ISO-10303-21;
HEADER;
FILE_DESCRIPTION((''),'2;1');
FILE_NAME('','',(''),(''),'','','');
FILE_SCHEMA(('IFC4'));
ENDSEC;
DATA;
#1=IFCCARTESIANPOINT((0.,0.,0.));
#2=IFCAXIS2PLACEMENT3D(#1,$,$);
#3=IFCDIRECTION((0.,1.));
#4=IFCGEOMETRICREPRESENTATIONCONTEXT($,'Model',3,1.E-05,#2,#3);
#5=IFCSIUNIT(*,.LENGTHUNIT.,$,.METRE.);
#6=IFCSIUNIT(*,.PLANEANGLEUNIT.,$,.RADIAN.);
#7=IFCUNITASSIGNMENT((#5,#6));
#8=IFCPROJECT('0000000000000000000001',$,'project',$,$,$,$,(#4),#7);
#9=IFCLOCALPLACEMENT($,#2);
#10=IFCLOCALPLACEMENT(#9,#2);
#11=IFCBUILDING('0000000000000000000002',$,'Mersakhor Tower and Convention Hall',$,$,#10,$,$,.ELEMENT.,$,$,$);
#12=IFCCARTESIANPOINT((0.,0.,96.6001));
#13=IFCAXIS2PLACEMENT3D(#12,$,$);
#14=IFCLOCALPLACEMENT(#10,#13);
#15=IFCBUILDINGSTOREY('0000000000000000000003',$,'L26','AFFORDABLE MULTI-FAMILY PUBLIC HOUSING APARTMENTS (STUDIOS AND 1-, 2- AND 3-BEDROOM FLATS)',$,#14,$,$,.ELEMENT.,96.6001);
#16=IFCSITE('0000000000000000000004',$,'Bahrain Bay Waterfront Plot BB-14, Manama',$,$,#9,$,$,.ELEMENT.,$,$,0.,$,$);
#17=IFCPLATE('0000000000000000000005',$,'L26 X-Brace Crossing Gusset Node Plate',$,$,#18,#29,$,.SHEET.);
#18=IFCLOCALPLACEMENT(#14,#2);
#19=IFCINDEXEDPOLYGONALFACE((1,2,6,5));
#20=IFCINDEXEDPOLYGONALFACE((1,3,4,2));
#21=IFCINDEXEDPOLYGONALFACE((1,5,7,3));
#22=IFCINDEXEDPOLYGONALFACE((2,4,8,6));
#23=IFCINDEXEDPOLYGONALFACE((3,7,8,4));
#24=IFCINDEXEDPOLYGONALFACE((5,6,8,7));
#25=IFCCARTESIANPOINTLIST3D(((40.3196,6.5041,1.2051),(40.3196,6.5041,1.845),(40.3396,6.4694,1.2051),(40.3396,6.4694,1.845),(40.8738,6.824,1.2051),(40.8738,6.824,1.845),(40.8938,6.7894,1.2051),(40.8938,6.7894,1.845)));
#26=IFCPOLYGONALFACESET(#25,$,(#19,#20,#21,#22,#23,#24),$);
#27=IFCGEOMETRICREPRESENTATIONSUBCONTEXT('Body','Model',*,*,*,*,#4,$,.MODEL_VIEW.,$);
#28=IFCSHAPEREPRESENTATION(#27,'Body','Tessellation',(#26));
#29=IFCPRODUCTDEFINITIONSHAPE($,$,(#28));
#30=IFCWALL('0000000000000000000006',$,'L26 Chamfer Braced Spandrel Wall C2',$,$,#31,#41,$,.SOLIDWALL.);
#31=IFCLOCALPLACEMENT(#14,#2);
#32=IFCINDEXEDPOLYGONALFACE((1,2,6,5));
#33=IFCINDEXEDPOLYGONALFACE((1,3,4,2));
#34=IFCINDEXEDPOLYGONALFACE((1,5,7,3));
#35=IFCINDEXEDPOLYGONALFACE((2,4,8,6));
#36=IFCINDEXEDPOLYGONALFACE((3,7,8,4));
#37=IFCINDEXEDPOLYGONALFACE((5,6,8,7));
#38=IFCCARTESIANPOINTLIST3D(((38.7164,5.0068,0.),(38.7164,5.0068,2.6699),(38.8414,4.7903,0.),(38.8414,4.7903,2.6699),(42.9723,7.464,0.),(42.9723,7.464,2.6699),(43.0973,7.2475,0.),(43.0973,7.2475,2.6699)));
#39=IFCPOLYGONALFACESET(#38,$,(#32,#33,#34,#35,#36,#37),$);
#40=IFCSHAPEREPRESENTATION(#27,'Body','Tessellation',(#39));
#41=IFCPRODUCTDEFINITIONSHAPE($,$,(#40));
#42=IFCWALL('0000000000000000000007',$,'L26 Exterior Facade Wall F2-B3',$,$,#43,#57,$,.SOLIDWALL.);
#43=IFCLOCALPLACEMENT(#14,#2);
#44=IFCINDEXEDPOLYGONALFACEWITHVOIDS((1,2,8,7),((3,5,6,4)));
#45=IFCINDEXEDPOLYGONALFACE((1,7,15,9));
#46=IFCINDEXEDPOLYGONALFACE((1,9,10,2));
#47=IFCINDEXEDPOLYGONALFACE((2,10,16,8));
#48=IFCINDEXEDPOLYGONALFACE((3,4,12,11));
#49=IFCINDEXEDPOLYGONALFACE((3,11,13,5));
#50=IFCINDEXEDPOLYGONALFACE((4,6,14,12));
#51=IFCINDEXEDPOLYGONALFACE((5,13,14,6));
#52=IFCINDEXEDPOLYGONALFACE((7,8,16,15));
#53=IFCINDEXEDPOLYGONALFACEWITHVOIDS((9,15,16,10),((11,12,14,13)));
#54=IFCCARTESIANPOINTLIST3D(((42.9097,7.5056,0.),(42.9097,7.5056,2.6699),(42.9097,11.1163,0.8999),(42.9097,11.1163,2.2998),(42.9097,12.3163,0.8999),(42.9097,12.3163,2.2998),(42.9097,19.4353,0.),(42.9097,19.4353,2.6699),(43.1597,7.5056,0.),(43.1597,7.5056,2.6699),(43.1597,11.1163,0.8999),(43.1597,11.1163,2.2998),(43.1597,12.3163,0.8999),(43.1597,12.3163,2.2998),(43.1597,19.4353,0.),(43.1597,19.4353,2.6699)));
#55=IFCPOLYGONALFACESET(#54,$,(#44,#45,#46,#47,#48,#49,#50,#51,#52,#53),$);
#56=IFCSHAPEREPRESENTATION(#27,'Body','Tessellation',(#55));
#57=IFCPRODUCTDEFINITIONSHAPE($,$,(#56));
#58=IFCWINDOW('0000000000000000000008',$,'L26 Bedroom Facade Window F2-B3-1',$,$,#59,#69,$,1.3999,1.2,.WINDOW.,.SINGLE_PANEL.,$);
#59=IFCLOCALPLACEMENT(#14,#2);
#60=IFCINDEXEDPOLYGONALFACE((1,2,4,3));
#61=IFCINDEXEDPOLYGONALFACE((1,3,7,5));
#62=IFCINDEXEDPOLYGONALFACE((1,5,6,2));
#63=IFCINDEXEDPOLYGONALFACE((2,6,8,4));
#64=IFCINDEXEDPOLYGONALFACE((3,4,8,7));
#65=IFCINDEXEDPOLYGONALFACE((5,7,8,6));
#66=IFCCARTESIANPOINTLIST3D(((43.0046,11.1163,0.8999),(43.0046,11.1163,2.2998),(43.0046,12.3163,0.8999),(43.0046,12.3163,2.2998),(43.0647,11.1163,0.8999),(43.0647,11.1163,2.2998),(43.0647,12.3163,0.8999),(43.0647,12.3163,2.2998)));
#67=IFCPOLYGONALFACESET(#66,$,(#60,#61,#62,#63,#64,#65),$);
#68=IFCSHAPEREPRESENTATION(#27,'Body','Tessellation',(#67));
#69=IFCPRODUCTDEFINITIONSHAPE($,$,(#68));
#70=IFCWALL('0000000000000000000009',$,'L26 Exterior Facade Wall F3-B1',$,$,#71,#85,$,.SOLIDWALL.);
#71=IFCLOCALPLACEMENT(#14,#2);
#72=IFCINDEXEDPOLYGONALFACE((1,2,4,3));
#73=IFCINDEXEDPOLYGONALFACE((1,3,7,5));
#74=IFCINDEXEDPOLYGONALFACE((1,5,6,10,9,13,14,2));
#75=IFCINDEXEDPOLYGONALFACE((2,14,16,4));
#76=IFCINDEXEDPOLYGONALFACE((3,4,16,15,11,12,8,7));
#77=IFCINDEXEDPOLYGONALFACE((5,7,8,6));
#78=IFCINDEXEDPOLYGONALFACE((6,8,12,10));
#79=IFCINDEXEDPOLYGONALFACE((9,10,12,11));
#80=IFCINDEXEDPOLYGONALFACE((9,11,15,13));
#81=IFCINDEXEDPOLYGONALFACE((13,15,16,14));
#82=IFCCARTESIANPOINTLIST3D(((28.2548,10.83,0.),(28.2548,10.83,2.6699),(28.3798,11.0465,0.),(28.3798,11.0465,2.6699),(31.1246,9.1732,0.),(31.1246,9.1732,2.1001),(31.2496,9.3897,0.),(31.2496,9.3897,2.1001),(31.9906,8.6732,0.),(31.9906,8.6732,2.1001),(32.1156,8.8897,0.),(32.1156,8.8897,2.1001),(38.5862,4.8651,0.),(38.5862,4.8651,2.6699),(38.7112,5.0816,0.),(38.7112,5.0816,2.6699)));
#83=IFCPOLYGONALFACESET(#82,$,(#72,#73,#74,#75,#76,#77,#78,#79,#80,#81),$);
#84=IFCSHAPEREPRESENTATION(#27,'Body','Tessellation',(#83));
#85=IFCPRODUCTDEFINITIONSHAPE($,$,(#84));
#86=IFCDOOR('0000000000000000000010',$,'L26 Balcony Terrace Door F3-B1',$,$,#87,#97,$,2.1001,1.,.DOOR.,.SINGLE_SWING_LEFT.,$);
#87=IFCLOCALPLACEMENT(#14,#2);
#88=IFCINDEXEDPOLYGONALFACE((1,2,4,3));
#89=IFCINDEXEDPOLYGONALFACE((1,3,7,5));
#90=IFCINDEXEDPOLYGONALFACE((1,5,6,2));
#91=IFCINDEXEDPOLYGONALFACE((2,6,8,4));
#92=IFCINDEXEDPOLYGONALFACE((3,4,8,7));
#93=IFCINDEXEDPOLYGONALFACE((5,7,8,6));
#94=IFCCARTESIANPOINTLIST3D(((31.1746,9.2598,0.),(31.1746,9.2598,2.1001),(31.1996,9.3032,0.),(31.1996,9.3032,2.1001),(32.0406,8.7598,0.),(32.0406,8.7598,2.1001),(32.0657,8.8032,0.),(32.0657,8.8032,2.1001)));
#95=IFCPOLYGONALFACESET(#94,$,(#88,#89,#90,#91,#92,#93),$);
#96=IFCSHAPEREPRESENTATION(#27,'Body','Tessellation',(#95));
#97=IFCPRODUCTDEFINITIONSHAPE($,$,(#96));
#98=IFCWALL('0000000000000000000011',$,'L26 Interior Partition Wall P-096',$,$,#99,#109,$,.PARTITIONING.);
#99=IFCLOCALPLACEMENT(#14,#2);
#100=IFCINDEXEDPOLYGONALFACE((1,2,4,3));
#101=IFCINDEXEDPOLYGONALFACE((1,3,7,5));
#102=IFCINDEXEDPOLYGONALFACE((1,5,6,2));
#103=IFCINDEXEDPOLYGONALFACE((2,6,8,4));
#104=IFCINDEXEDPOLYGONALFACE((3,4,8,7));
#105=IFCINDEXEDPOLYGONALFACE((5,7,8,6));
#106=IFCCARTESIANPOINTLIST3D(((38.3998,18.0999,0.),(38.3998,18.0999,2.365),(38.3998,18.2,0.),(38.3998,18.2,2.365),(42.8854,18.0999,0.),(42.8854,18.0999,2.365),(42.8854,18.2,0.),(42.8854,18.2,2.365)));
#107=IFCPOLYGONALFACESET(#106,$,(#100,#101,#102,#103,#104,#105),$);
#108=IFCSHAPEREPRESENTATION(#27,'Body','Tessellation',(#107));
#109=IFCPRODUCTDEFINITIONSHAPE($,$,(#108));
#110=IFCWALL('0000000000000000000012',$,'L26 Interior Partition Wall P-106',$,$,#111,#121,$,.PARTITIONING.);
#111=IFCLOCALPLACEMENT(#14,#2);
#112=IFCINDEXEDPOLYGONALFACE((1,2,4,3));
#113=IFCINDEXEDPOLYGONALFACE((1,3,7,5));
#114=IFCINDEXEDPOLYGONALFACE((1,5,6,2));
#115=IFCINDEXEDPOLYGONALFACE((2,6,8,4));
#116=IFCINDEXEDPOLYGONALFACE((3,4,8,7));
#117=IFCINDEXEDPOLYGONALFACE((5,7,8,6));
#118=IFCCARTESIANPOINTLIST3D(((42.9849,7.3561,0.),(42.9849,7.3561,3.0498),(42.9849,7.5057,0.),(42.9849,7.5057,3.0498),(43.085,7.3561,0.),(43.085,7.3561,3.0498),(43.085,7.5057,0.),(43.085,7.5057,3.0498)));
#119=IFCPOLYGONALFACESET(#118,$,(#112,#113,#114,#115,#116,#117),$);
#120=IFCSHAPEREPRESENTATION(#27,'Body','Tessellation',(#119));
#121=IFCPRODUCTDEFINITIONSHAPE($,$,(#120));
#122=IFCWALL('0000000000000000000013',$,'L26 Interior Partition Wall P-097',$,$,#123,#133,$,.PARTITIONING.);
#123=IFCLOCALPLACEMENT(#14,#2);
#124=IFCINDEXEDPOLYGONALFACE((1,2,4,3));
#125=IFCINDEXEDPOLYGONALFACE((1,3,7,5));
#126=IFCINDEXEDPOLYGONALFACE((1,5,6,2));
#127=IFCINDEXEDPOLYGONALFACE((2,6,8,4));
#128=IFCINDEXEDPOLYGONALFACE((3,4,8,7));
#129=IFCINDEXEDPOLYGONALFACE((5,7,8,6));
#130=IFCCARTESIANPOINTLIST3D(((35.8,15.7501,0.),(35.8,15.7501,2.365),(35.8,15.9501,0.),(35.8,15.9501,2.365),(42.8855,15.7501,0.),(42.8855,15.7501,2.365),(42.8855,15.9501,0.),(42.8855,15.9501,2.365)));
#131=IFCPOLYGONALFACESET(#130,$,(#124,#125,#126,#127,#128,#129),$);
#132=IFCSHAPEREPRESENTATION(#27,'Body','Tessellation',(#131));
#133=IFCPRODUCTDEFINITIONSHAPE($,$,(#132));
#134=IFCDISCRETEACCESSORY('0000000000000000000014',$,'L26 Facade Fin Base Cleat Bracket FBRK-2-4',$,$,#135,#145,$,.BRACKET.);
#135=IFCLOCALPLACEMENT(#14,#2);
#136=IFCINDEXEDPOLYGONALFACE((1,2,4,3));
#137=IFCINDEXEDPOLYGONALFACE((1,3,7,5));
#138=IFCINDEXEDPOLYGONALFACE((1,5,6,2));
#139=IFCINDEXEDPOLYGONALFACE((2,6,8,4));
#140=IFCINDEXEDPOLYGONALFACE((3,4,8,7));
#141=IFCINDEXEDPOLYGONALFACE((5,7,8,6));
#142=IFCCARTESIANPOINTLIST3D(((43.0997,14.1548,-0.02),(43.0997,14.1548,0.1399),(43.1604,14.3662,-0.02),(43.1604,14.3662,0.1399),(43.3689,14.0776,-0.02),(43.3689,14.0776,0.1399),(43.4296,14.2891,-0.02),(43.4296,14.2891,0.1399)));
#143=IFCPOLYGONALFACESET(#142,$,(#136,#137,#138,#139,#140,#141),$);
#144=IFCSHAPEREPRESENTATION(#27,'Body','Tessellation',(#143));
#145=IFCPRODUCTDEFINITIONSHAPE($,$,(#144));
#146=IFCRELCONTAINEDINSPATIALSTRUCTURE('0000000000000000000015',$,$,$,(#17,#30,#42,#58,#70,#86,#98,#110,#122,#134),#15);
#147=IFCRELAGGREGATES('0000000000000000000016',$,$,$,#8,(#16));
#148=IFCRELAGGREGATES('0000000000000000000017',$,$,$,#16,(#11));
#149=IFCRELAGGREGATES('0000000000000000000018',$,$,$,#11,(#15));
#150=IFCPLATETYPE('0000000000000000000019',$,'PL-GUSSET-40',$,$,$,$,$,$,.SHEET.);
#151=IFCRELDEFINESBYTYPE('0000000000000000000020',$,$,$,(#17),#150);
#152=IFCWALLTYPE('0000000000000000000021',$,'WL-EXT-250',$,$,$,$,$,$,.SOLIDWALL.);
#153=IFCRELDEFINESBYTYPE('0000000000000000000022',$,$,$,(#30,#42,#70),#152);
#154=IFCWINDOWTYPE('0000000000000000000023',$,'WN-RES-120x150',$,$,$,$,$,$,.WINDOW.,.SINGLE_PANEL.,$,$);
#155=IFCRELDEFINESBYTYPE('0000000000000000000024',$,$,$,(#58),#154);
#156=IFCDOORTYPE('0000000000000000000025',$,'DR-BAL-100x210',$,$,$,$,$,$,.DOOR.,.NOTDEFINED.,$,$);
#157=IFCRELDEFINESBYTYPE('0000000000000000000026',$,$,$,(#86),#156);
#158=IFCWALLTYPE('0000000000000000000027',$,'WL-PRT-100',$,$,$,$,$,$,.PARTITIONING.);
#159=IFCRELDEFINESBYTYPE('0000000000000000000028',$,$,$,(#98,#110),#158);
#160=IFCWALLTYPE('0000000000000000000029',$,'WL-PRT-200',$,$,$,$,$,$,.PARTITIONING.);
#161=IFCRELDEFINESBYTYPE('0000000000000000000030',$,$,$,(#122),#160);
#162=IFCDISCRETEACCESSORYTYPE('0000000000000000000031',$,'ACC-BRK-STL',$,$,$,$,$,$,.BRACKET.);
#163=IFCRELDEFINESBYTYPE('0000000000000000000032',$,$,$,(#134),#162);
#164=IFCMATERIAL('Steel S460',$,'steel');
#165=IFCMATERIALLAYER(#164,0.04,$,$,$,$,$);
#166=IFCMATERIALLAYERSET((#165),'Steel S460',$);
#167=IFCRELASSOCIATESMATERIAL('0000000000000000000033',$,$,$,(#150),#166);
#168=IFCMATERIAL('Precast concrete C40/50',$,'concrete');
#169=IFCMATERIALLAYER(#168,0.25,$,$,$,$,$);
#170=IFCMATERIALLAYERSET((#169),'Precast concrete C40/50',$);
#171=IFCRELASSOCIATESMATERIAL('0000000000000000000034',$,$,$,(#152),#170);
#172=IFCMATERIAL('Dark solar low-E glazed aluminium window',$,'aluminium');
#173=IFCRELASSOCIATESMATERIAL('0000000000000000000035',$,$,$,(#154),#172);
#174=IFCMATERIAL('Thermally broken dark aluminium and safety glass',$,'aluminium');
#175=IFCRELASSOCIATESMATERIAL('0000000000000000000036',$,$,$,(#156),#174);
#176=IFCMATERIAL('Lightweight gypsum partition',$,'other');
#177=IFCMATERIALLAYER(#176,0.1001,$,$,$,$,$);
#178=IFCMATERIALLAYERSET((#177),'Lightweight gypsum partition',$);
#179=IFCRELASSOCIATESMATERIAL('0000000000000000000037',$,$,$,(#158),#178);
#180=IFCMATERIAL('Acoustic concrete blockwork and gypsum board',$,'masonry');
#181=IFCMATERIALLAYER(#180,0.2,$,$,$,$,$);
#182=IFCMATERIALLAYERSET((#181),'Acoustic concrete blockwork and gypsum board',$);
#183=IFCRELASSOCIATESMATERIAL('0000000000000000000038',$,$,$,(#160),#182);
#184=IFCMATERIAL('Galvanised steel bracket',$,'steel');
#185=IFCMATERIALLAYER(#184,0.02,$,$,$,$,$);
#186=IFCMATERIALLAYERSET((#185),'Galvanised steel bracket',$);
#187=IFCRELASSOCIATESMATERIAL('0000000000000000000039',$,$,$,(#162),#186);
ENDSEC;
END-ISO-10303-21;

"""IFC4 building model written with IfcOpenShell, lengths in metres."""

from ifc_helpers import new_model, si_unit, direction, frame, frame_2d, origin, origin_2d, place, context, subcontext, project, spatial, rectangle, extrude, material, layer, layer_set, type_object, element, fill, save


model = new_model("IFC4")

# Units and contexts
model_context = context("Model", 3, precision=1e-05, world=origin(), true_north=direction((0.0, 1.0)))
body_context = subcontext(model_context, "Body", "Model", "MODEL_VIEW")
ifc_project = project(units=[si_unit("LENGTHUNIT", "METRE"), si_unit("PLANEANGLEUNIT", "RADIAN")], contexts=[model_context])

# Site, building, storey
site_placement = place(None, origin())
site = spatial("IfcSite", under=ifc_project, at=site_placement, Name="Bahrain Bay Waterfront Plot BB-14, Manama", CompositionType="ELEMENT", RefElevation=0.0)
building_placement = place(site_placement, origin())
building = spatial("IfcBuilding", under=site, at=building_placement, Name="Mersakhor Tower and Convention Hall", CompositionType="ELEMENT")
storey_placement = place(building_placement, frame((0.0, 0.0, 96.6001)))
storey = spatial("IfcBuildingStorey", under=building, at=storey_placement, Name="L26", Description="AFFORDABLE MULTI-FAMILY PUBLIC HOUSING APARTMENTS (STUDIOS AND 1-, 2- AND 3-BEDROOM FLATS)", CompositionType="ELEMENT", Elevation=96.6001)

# Plate
ifc_material_1 = material(Name="Steel S460", Category="steel")
ifc_layer_1 = layer(ifc_material_1, 0.04)
ifc_layer_set_1 = layer_set([ifc_layer_1], Name="Steel S460")
plate_type_1 = type_object("IfcPlateType", Name="PL-GUSSET-40", PredefinedType="SHEET", material=ifc_layer_set_1)
plate_1_placement = place(storey_placement, frame((40.6067, 6.6467, 1.2051), z_axis=(0.0, 0.0, 1.0), x_axis=(0.866025, 0.5, 0.0)))
element("IfcPlate", 1, at=plate_1_placement, inside=storey, type_object=plate_type_1, Name="L26 X-Brace Crossing Gusset Node Plate", PredefinedType="SHEET", context=body_context, shape_type="SweptSolid", body=[
    extrude(rectangle(XDim=0.6399, YDim=0.04, at=origin_2d()), origin(), (0.0, 0.0, 1.0), 0.6399),
])

# Wall
ifc_material_2 = material(Name="Precast concrete C40/50", Category="concrete")
ifc_layer_2 = layer(ifc_material_2, 0.25)
ifc_layer_set_2 = layer_set([ifc_layer_2], Name="Precast concrete C40/50")
wall_type_1 = type_object("IfcWallType", Name="WL-EXT-250", PredefinedType="SOLIDWALL", material=ifc_layer_set_2)
wall_1_placement = place(storey_placement, frame((43.0347, 7.3557, 0.0), z_axis=(0.0, 0.0, 1.0), x_axis=(-0.866012, -0.500023, 0.0)))
element("IfcWall", 2, at=wall_1_placement, inside=storey, type_object=wall_type_1, Name="L26 Chamfer Braced Spandrel Wall C2", PredefinedType="SOLIDWALL", context=body_context, shape_type="SweptSolid", body=[
    extrude(rectangle(XDim=4.9143, YDim=0.25, at=frame_2d((2.457, 0.0))), origin(), (0.0, 0.0, 1.0), 2.6699),
])

# Wall, opening, window
wall_2_placement = place(storey_placement, frame((43.0347, 19.4353, 0.0), z_axis=(0.0, 0.0, 1.0), x_axis=(0.0, -1.0, 0.0)))
wall_2 = element("IfcWall", 3, at=wall_2_placement, inside=storey, type_object=wall_type_1, Name="L26 Exterior Facade Wall F2-B3", PredefinedType="SOLIDWALL", context=body_context, shape_type="SweptSolid", body=[
    extrude(rectangle(XDim=11.9297, YDim=0.25, at=frame_2d((5.9648, 0.0))), origin(), (0.0, 0.0, 1.0), 2.6699),
])
opening_1_placement = place(wall_2_placement, frame((7.1189, 0.0, 0.8999)))
opening_1 = element("IfcOpeningElement", 4, at=opening_1_placement, cuts=wall_2, PredefinedType="OPENING", context=body_context, shape_type="SweptSolid", body=[
    extrude(rectangle(XDim=1.2, YDim=1.3999, at=frame_2d((0.6001, 0.7))), frame((0.0, 0.135, 0.0), z_axis=(0.0, -1.0, 0.0), x_axis=(1.0, 0.0, 0.0)), (0.0, 0.0, 1.0), 0.27),
])
ifc_material_3 = material(Name="Dark solar low-E glazed aluminium window", Category="aluminium")
window_type = type_object("IfcWindowType", Name="WN-RES-120x150", PartitioningType="SINGLE_PANEL", PredefinedType="WINDOW", material=ifc_material_3)
window_placement = place(opening_1_placement, origin())
window = element("IfcWindow", 5, at=window_placement, inside=storey, type_object=window_type, Name="L26 Bedroom Facade Window F2-B3-1", OverallHeight=1.3999, OverallWidth=1.2, PartitioningType="SINGLE_PANEL", PredefinedType="WINDOW", context=body_context, shape_type="SweptSolid", body=[
    extrude(rectangle(XDim=1.2, YDim=1.3999, at=frame_2d((0.6001, 0.7))), frame((0.0, 0.03, 0.0), z_axis=(0.0, -1.0, 0.0), x_axis=(1.0, 0.0, 0.0)), (0.0, 0.0, 1.0), 0.0601),
])
fill(opening_1, window)

# Wall, opening, door
wall_3_placement = place(storey_placement, frame((38.6487, 4.9734, 0.0), z_axis=(0.0, 0.0, 1.0), x_axis=(-0.866023, 0.500004, 0.0)))
wall_3 = element("IfcWall", 6, at=wall_3_placement, inside=storey, type_object=wall_type_1, Name="L26 Exterior Facade Wall F3-B1", PredefinedType="SOLIDWALL", context=body_context, shape_type="SweptSolid", body=[
    extrude(rectangle(XDim=11.9297, YDim=0.25, at=frame_2d((5.9648, 0.0))), origin(), (0.0, 0.0, 1.0), 2.6699),
])
opening_2_placement = place(wall_3_placement, frame((7.616, 0.0, 0.0)))
opening_2 = element("IfcOpeningElement", 7, at=opening_2_placement, cuts=wall_3, PredefinedType="OPENING", context=body_context, shape_type="SweptSolid", body=[
    extrude(rectangle(XDim=1.0, YDim=2.1001, at=frame_2d((0.5, 1.05))), frame((0.0, 0.135, 0.0), z_axis=(0.0, -1.0, 0.0), x_axis=(1.0, 0.0, 0.0)), (0.0, 0.0, 1.0), 0.27),
])
ifc_material_4 = material(Name="Thermally broken dark aluminium and safety glass", Category="aluminium")
door_type_1 = type_object("IfcDoorType", Name="DR-BAL-100x210", OperationType="NOTDEFINED", PredefinedType="DOOR", material=ifc_material_4)
door_1_placement = place(opening_2_placement, origin())
door_1 = element("IfcDoor", 8, at=door_1_placement, inside=storey, type_object=door_type_1, Name="L26 Balcony Terrace Door F3-B1", OperationType="SINGLE_SWING_LEFT", OverallHeight=2.1001, OverallWidth=1.0, PredefinedType="DOOR", context=body_context, shape_type="SweptSolid", body=[
    extrude(rectangle(XDim=1.0, YDim=2.1001, at=frame_2d((0.5, 1.05))), frame((0.0, 0.0249, 0.0), z_axis=(0.0, -1.0, 0.0), x_axis=(1.0, 0.0, 0.0)), (0.0, 0.0, 1.0), 0.05),
])
fill(opening_2, door_1)

# Walls
ifc_material_5 = material(Name="Lightweight gypsum partition", Category="other")
ifc_layer_3 = layer(ifc_material_5, 0.1001)
ifc_layer_set_3 = layer_set([ifc_layer_3], Name="Lightweight gypsum partition")
wall_type_2 = type_object("IfcWallType", Name="WL-PRT-100", PredefinedType="PARTITIONING", material=ifc_layer_set_3)
wall_4_placement = place(storey_placement, frame((38.3999, 18.1499, 0.0), z_axis=(0.0, 0.0, 1.0), x_axis=(1.0, 0.0, 0.0)))
element("IfcWall", 9, at=wall_4_placement, inside=storey, type_object=wall_type_2, Name="L26 Interior Partition Wall P-096", PredefinedType="PARTITIONING", context=body_context, shape_type="SweptSolid", body=[
    extrude(rectangle(XDim=4.4856, YDim=0.1001, at=frame_2d((2.2427, 0.0))), origin(), (0.0, 0.0, 1.0), 2.365),
])
wall_5_placement = place(storey_placement, frame((43.0349, 7.5056, 0.0), z_axis=(0.0, 0.0, 1.0), x_axis=(0.0, -1.0, 0.0)))
element("IfcWall", 10, at=wall_5_placement, inside=storey, type_object=wall_type_2, Name="L26 Interior Partition Wall P-106", PredefinedType="PARTITIONING", context=body_context, shape_type="SweptSolid", body=[
    extrude(rectangle(XDim=0.1497, YDim=0.1001, at=frame_2d((0.0747, 0.0))), origin(), (0.0, 0.0, 1.0), 3.0498),
])

# Shared definitions
ifc_material_6 = material(Name="Acoustic concrete blockwork and gypsum board", Category="masonry")
ifc_layer_4 = layer(ifc_material_6, 0.2)
ifc_layer_set_4 = layer_set([ifc_layer_4], Name="Acoustic concrete blockwork and gypsum board")
wall_type_3 = type_object("IfcWallType", Name="WL-PRT-200", PredefinedType="PARTITIONING", material=ifc_layer_set_4)

# Wall
wall_6_placement = place(storey_placement, frame((42.8855, 15.8501, 0.0), z_axis=(0.0, 0.0, 1.0), x_axis=(-1.0, 0.0, 0.0)))
element("IfcWall", 11, at=wall_6_placement, inside=storey, type_object=wall_type_3, Name="L26 Interior Partition Wall P-097", PredefinedType="PARTITIONING", context=body_context, shape_type="SweptSolid", body=[
    extrude(rectangle(XDim=7.0854, YDim=0.2, at=frame_2d((3.5427, 0.0))), origin(), (0.0, 0.0, 1.0), 2.365),
])

# Discrete accessory
ifc_material_7 = material(Name="Galvanised steel bracket", Category="steel")
ifc_layer_5 = layer(ifc_material_7, 0.02)
ifc_layer_set_5 = layer_set([ifc_layer_5], Name="Galvanised steel bracket")
discrete_accessory_type = type_object("IfcDiscreteAccessoryType", Name="ACC-BRK-STL", PredefinedType="BRACKET", material=ifc_layer_set_5)
discrete_accessory_placement = place(storey_placement, frame((43.2646, 14.2219, -0.02), z_axis=(0.0, 0.0, 1.0), x_axis=(0.961262, -0.275637, 0.0)))
element("IfcDiscreteAccessory", 12, at=discrete_accessory_placement, inside=storey, type_object=discrete_accessory_type, Name="L26 Facade Fin Base Cleat Bracket FBRK-2-4", PredefinedType="BRACKET", context=body_context, shape_type="SweptSolid", body=[
    extrude(rectangle(XDim=0.28, YDim=0.22, at=origin_2d()), origin(), (0.0, 0.0, 1.0), 0.1599),
])

save(model, "model.ifc")
